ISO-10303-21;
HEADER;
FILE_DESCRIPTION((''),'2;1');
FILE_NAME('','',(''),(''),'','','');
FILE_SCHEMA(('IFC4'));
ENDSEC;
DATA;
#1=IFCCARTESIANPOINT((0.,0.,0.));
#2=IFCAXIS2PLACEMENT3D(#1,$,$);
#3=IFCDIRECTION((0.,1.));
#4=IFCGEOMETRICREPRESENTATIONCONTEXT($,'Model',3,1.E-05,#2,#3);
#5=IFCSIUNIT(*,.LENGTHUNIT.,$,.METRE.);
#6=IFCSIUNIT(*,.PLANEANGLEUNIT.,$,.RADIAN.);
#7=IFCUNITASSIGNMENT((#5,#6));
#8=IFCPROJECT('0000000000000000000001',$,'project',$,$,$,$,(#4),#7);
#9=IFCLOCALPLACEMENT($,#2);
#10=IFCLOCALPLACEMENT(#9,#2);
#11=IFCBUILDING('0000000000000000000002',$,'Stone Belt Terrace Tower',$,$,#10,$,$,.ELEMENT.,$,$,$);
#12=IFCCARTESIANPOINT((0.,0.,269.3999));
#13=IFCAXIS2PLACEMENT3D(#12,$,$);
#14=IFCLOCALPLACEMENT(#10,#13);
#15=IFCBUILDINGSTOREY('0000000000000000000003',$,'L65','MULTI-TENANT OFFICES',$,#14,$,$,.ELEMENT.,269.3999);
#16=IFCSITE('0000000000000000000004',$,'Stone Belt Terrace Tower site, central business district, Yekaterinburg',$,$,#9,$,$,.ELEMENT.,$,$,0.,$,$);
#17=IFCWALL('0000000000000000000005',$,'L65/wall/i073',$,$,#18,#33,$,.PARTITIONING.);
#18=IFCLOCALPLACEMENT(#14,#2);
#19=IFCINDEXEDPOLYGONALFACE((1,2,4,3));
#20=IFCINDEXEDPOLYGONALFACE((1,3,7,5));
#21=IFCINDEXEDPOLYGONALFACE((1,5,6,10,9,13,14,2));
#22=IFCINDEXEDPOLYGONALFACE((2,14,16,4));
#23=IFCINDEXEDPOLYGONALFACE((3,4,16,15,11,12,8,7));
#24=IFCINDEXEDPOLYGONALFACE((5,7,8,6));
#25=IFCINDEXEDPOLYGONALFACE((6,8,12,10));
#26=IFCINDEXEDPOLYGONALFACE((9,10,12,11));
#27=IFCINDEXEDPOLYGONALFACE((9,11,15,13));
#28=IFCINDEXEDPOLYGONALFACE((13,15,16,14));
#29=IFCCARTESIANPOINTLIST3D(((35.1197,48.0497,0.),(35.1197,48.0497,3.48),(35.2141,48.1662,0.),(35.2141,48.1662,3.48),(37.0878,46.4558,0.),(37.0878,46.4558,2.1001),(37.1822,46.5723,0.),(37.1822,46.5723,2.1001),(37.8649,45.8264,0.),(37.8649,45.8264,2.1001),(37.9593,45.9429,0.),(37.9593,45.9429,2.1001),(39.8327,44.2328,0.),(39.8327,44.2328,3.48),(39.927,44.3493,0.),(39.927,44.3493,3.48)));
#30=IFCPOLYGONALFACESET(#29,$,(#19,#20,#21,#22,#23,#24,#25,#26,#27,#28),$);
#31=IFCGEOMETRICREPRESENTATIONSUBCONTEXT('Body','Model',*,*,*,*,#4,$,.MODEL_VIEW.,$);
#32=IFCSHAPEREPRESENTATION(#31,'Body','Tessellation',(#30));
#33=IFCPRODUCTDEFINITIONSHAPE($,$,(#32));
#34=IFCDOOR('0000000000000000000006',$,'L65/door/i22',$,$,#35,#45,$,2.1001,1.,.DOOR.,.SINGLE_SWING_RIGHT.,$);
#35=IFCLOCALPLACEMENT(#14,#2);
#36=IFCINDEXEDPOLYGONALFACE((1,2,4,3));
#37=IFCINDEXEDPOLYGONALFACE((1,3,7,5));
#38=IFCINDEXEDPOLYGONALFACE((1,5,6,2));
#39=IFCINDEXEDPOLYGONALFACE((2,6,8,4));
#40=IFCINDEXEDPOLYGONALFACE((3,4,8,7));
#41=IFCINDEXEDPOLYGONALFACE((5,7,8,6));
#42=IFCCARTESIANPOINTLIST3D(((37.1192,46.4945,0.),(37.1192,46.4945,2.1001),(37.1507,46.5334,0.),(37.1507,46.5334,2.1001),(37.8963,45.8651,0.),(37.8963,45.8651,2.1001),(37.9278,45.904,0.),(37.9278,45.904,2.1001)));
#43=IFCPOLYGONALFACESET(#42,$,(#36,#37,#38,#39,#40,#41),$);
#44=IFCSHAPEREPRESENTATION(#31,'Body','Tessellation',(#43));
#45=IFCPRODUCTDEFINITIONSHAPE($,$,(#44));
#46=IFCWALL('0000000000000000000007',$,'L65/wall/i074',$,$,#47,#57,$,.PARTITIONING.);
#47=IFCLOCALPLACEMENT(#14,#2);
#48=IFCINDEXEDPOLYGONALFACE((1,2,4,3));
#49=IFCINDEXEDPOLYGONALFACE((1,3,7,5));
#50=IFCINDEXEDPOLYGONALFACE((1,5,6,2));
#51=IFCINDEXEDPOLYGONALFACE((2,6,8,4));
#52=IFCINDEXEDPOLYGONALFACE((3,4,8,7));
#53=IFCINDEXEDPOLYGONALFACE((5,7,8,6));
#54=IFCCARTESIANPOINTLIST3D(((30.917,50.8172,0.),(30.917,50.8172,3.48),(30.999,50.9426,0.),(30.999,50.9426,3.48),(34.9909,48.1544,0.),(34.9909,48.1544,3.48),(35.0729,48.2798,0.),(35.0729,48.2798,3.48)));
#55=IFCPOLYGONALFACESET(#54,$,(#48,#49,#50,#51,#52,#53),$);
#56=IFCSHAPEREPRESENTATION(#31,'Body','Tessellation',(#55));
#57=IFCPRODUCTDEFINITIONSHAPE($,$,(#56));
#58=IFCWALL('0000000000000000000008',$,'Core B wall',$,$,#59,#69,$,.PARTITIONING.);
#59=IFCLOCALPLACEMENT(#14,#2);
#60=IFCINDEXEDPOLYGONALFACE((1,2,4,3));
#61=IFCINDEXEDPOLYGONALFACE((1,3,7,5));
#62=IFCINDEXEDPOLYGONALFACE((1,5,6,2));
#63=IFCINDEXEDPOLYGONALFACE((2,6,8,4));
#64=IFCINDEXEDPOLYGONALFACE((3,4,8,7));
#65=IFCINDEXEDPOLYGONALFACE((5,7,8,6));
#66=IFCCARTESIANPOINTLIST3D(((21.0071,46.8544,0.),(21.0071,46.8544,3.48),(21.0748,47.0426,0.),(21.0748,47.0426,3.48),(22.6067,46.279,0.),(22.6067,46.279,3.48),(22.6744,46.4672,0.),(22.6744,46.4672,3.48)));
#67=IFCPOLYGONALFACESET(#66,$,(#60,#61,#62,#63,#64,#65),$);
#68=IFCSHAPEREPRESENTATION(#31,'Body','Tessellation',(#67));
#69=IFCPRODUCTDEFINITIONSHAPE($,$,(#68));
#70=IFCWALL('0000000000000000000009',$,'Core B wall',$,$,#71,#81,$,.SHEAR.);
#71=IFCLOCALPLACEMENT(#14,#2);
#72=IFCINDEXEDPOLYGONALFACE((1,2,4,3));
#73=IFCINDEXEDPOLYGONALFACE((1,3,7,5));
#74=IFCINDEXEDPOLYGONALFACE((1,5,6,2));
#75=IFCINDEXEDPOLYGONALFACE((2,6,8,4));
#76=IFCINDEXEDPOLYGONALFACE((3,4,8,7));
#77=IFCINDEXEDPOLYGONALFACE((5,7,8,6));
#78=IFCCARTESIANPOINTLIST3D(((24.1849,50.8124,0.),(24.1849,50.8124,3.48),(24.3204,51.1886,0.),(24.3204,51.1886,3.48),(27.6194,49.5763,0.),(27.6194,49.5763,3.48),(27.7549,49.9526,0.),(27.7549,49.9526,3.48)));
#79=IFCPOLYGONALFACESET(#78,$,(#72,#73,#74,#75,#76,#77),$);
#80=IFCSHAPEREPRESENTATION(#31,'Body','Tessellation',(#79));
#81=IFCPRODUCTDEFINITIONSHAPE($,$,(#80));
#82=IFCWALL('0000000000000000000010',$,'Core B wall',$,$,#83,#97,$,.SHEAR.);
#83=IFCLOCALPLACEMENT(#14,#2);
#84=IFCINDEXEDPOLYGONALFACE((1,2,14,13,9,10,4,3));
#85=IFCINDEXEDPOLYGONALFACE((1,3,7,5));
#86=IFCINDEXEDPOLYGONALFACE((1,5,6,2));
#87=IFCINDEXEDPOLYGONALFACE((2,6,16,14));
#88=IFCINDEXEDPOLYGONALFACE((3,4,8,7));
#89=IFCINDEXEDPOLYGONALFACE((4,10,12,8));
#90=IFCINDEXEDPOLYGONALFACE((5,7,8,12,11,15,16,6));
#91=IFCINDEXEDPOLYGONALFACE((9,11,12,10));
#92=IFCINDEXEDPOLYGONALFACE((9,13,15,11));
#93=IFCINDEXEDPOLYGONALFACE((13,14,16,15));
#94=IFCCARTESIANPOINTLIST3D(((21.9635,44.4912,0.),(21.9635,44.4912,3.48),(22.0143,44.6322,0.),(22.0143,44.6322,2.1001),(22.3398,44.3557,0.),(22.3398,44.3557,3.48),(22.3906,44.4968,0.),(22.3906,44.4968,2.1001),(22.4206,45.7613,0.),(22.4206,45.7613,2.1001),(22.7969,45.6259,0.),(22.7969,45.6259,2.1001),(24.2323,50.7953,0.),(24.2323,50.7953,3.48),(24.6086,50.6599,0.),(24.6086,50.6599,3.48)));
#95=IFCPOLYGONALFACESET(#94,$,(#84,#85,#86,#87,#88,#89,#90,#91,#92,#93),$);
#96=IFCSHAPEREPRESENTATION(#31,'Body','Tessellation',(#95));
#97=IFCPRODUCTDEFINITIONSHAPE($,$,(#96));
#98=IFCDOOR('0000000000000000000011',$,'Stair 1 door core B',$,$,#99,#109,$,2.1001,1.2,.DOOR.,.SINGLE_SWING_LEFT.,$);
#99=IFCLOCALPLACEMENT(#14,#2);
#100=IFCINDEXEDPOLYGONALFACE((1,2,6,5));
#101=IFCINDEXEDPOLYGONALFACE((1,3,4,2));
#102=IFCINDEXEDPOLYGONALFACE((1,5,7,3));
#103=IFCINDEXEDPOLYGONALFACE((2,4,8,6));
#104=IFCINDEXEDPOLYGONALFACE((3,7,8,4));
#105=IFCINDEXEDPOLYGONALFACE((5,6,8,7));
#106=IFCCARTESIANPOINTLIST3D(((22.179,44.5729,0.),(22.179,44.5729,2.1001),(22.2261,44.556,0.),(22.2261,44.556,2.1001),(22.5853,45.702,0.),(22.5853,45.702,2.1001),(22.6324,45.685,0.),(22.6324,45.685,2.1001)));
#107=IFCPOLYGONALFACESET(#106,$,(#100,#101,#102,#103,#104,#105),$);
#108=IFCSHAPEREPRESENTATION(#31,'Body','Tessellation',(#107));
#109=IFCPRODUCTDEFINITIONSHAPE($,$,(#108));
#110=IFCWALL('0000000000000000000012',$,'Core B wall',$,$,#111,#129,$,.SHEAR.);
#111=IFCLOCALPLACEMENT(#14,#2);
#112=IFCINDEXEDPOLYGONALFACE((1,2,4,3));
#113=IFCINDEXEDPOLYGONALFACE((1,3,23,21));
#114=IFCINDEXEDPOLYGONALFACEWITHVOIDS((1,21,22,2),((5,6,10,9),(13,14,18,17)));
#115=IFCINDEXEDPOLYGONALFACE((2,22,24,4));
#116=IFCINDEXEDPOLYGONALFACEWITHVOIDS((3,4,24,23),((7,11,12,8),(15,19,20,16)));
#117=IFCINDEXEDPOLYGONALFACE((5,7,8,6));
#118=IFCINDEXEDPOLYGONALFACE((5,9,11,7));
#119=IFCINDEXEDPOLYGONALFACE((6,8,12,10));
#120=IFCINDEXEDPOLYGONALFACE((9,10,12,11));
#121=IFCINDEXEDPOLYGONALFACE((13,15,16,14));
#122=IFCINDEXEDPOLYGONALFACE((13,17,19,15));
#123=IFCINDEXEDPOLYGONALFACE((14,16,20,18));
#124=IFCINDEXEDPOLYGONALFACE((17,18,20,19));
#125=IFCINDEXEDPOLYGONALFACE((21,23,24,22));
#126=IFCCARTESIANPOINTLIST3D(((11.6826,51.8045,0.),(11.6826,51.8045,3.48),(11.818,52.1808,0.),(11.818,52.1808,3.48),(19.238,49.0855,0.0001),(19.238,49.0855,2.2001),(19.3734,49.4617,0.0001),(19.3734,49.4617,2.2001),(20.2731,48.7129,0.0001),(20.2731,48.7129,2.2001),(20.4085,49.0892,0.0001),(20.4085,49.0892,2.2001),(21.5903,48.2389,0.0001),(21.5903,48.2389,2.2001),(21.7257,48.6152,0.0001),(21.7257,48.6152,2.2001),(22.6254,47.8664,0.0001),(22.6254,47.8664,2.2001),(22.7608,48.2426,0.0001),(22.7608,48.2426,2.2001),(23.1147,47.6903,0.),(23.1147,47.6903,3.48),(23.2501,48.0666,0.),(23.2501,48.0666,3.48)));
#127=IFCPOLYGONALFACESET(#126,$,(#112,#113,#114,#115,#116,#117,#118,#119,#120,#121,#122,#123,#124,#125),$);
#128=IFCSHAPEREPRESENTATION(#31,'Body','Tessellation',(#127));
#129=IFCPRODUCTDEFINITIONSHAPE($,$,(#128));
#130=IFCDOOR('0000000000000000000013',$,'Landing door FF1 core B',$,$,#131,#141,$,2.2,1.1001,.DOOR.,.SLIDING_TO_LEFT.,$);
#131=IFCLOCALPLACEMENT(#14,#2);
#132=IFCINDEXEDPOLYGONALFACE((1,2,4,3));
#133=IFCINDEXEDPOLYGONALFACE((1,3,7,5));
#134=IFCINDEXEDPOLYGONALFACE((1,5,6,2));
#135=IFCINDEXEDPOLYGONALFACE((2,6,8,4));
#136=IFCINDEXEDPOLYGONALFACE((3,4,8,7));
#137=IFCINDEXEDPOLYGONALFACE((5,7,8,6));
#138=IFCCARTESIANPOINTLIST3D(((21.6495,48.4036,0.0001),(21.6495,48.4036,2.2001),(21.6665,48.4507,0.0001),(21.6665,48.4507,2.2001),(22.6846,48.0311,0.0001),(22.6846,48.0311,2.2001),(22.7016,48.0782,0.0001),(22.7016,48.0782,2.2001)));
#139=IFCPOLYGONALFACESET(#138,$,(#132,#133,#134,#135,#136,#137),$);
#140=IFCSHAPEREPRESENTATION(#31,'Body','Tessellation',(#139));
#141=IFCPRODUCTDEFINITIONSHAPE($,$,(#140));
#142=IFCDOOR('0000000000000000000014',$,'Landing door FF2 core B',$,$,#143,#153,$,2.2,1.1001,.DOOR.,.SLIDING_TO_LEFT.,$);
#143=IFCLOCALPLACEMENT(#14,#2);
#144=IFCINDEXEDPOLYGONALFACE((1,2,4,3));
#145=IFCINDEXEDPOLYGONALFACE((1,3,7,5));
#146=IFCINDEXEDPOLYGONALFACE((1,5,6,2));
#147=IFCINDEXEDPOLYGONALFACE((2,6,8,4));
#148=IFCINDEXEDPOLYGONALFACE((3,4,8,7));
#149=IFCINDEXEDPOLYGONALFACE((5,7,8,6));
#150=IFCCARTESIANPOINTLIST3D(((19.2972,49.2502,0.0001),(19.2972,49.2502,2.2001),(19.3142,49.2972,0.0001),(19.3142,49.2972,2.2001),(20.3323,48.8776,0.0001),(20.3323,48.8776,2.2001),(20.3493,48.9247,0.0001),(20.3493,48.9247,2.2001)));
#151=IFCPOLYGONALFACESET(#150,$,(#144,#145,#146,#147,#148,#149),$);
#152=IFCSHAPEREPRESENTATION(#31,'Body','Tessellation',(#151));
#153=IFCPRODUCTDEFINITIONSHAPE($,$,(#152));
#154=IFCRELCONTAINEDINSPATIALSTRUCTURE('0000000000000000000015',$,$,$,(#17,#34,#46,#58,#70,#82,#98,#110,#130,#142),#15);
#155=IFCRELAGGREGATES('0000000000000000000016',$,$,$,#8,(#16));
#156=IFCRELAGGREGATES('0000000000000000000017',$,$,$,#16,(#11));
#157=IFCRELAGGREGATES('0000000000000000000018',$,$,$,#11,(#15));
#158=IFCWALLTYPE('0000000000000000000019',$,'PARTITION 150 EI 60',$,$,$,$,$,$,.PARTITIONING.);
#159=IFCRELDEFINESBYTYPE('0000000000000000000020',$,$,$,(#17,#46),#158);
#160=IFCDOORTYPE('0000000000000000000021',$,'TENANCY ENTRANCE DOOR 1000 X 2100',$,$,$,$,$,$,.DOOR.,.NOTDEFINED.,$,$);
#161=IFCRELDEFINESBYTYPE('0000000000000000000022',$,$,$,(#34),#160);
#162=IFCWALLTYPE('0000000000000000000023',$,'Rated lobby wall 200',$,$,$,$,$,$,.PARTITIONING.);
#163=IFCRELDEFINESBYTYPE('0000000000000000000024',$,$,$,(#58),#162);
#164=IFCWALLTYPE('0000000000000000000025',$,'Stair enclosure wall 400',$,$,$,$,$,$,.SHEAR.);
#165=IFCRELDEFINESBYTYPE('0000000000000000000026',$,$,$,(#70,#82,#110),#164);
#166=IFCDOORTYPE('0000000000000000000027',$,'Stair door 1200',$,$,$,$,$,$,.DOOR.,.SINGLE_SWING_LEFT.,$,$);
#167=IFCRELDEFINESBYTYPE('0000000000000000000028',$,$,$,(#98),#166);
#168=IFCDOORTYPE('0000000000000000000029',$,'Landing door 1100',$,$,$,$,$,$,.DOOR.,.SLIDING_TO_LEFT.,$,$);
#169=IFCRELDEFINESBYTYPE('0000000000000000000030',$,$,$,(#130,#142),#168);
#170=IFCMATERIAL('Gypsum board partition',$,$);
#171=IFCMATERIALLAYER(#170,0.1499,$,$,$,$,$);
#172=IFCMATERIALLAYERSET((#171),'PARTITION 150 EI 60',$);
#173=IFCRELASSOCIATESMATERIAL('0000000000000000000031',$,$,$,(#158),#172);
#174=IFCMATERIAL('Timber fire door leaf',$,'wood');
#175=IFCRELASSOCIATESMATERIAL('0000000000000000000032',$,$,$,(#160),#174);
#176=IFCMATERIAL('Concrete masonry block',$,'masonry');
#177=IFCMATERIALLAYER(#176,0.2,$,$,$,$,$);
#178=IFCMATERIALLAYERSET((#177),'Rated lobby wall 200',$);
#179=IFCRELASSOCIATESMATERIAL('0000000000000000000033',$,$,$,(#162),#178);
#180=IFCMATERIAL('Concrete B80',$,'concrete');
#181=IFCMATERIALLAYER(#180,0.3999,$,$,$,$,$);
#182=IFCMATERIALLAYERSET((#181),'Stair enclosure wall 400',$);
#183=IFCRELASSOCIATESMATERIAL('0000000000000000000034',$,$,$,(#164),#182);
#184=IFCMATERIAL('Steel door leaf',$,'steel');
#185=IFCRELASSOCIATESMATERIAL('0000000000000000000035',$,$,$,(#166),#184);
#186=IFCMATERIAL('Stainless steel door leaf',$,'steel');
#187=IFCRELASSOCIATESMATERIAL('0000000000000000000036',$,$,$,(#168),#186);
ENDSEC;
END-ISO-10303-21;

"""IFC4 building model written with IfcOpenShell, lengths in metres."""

from ifc_helpers import new_model, si_unit, direction, frame, frame_2d, origin, place, context, subcontext, project, spatial, rectangle, extrude, material, layer, layer_set, type_object, element, fill, save


model = new_model("IFC4")

# Units and contexts
model_context = context("Model", 3, precision=1e-05, world=origin(), true_north=direction((0.0, 1.0)))
body_context = subcontext(model_context, "Body", "Model", "MODEL_VIEW")
ifc_project = project(units=[si_unit("LENGTHUNIT", "METRE"), si_unit("PLANEANGLEUNIT", "RADIAN")], contexts=[model_context])

# Site, building, storey
site_placement = place(None, origin())
site = spatial("IfcSite", under=ifc_project, at=site_placement, Name="Stone Belt Terrace Tower site, central business district, Yekaterinburg", CompositionType="ELEMENT", RefElevation=0.0)
building_placement = place(site_placement, origin())
building = spatial("IfcBuilding", under=site, at=building_placement, Name="Stone Belt Terrace Tower", CompositionType="ELEMENT")
storey_placement = place(building_placement, frame((0.0, 0.0, 269.3999)))
storey = spatial("IfcBuildingStorey", under=building, at=storey_placement, Name="L65", Description="MULTI-TENANT OFFICES", CompositionType="ELEMENT", Elevation=269.3999)

# Shared definitions
ifc_material_1 = material(Name="Gypsum board partition")
ifc_layer_1 = layer(ifc_material_1, 0.1499)
ifc_layer_set_1 = layer_set([ifc_layer_1], Name="PARTITION 150 EI 60")
wall_type_1 = type_object("IfcWallType", Name="PARTITION 150 EI 60", PredefinedType="PARTITIONING", material=ifc_layer_set_1)

# Wall, opening, door
wall_1_placement = place(storey_placement, frame((35.167, 48.1079, 0.0), z_axis=(0.0, 0.0, 1.0), x_axis=(0.777108, -0.629367, 0.0)))
wall_1 = element("IfcWall", 1, at=wall_1_placement, inside=storey, type_object=wall_type_1, Name="L65/wall/i073", PredefinedType="PARTITIONING", context=body_context, shape_type="SweptSolid", body=[
    extrude(rectangle(XDim=6.0647, YDim=0.1499, at=frame_2d((3.0322, 0.0))), origin(), (0.0, 0.0, 1.0), 3.48),
])
opening_1_placement = place(wall_1_placement, frame((2.5325, 0.0, 0.0)))
opening_1 = element("IfcOpeningElement", 2, at=opening_1_placement, cuts=wall_1, PredefinedType="OPENING", context=body_context, shape_type="SweptSolid", body=[
    extrude(rectangle(XDim=1.0, YDim=2.1001, at=frame_2d((0.5, 1.05))), frame((0.0, 0.085, 0.0), z_axis=(0.0, -1.0, 0.0), x_axis=(1.0, 0.0, 0.0)), (0.0, 0.0, 1.0), 0.1699),
])
ifc_material_2 = material(Name="Timber fire door leaf", Category="wood")
door_type_1 = type_object("IfcDoorType", Name="TENANCY ENTRANCE DOOR 1000 X 2100", OperationType="NOTDEFINED", PredefinedType="DOOR", material=ifc_material_2)
door_1_placement = place(opening_1_placement, origin())
door_1 = element("IfcDoor", 3, at=door_1_placement, inside=storey, type_object=door_type_1, Name="L65/door/i22", OperationType="SINGLE_SWING_RIGHT", OverallHeight=2.1001, OverallWidth=1.0, PredefinedType="DOOR", context=body_context, shape_type="SweptSolid", body=[
    extrude(rectangle(XDim=1.0, YDim=2.1001, at=frame_2d((0.5, 1.05))), frame((0.0, 0.0249, 0.0), z_axis=(0.0, -1.0, 0.0), x_axis=(1.0, 0.0, 0.0)), (0.0, 0.0, 1.0), 0.05),
])
fill(opening_1, door_1)

# Walls
wall_2_placement = place(storey_placement, frame((35.032, 48.217, 0.0), z_axis=(0.0, 0.0, 1.0), x_axis=(-0.837055, 0.547118, 0.0)))
element("IfcWall", 4, at=wall_2_placement, inside=storey, type_object=wall_type_1, Name="L65/wall/i074", PredefinedType="PARTITIONING", context=body_context, shape_type="SweptSolid", body=[
    extrude(rectangle(XDim=4.8669, YDim=0.1499, at=frame_2d((2.4336, 0.0))), origin(), (0.0, 0.0, 1.0), 3.48),
])
ifc_material_3 = material(Name="Concrete masonry block", Category="masonry")
ifc_layer_2 = layer(ifc_material_3, 0.2)
ifc_layer_set_2 = layer_set([ifc_layer_2], Name="Rated lobby wall 200")
wall_type_2 = type_object("IfcWallType", Name="Rated lobby wall 200", PredefinedType="PARTITIONING", material=ifc_layer_set_2)
wall_3_placement = place(storey_placement, frame((22.6406, 46.373, 0.0), z_axis=(0.0, 0.0, 1.0), x_axis=(-0.940966, 0.338501, 0.0)))
element("IfcWall", 5, at=wall_3_placement, inside=storey, type_object=wall_type_2, Name="Core B wall", PredefinedType="PARTITIONING", context=body_context, shape_type="SweptSolid", body=[
    extrude(rectangle(XDim=1.7, YDim=0.2, at=frame_2d((0.8501, 0.0))), origin(), (0.0, 0.0, 1.0), 3.48),
])
ifc_material_4 = material(Name="Concrete B80", Category="concrete")
ifc_layer_3 = layer(ifc_material_4, 0.3999)
ifc_layer_set_3 = layer_set([ifc_layer_3], Name="Stair enclosure wall 400")
wall_type_3 = type_object("IfcWallType", Name="Stair enclosure wall 400", PredefinedType="SHEAR", material=ifc_layer_set_3)
wall_4_placement = place(storey_placement, frame((27.6873, 49.7644, 0.0), z_axis=(0.0, 0.0, 1.0), x_axis=(-0.940919, 0.338632, 0.0)))
element("IfcWall", 6, at=wall_4_placement, inside=storey, type_object=wall_type_3, Name="Core B wall", PredefinedType="SHEAR", context=body_context, shape_type="SweptSolid", body=[
    extrude(rectangle(XDim=3.6501, YDim=0.3999, at=frame_2d((1.8252, 0.0))), origin(), (0.0, 0.0, 1.0), 3.48),
])

# Wall, opening, door
wall_5_placement = place(storey_placement, frame((22.1516, 44.4233, 0.0), z_axis=(0.0, 0.0, 1.0), x_axis=(0.338625, 0.940921, 0.0)))
wall_5 = element("IfcWall", 7, at=wall_5_placement, inside=storey, type_object=wall_type_3, Name="Core B wall", PredefinedType="SHEAR", context=body_context, shape_type="SweptSolid", body=[
    extrude(rectangle(XDim=6.7, YDim=0.3999, at=frame_2d((3.3501, 0.0))), origin(), (0.0, 0.0, 1.0), 3.48),
])
opening_2_placement = place(wall_5_placement, frame((0.1499, 0.0, 0.0)))
opening_2 = element("IfcOpeningElement", 8, at=opening_2_placement, cuts=wall_5, PredefinedType="OPENING", context=body_context, shape_type="SweptSolid", body=[
    extrude(rectangle(XDim=1.2, YDim=2.1001, at=frame_2d((0.6001, 1.05))), frame((0.0, 0.21, 0.0), z_axis=(0.0, -1.0, 0.0), x_axis=(1.0, 0.0, 0.0)), (0.0, 0.0, 1.0), 0.4199),
])
ifc_material_5 = material(Name="Steel door leaf", Category="steel")
door_type_2 = type_object("IfcDoorType", Name="Stair door 1200", OperationType="SINGLE_SWING_LEFT", PredefinedType="DOOR", material=ifc_material_5)
door_2_placement = place(opening_2_placement, origin())
door_2 = element("IfcDoor", 9, at=door_2_placement, inside=storey, type_object=door_type_2, Name="Stair 1 door core B", OperationType="SINGLE_SWING_LEFT", OverallHeight=2.1001, OverallWidth=1.2, PredefinedType="DOOR", context=body_context, shape_type="SweptSolid", body=[
    extrude(rectangle(XDim=1.2, YDim=2.1001, at=frame_2d((0.6001, 1.05))), frame((0.0, 0.0249, 0.0), z_axis=(0.0, -1.0, 0.0), x_axis=(1.0, 0.0, 0.0)), (0.0, 0.0, 1.0), 0.05),
])
fill(opening_2, door_2)

# Wall, openings, doors
wall_6_placement = place(storey_placement, frame((23.1824, 47.8784, 0.0), z_axis=(0.0, 0.0, 1.0), x_axis=(-0.940922, 0.338624, 0.0)))
wall_6 = element("IfcWall", 10, at=wall_6_placement, inside=storey, type_object=wall_type_3, Name="Core B wall", PredefinedType="SHEAR", context=body_context, shape_type="SweptSolid", body=[
    extrude(rectangle(XDim=12.1499, YDim=0.3999, at=frame_2d((6.075, 0.0))), origin(), (0.0, 0.0, 1.0), 3.48),
])
opening_3_placement = place(wall_6_placement, frame((0.52, 0.0, 0.0)))
opening_3 = element("IfcOpeningElement", 11, at=opening_3_placement, cuts=wall_6, PredefinedType="OPENING", context=body_context, shape_type="SweptSolid", body=[
    extrude(rectangle(XDim=1.1001, YDim=2.2, at=frame_2d((0.55, 1.1001))), frame((0.0, 0.21, 0.0), z_axis=(0.0, -1.0, 0.0), x_axis=(1.0, 0.0, 0.0)), (0.0, 0.0, 1.0), 0.4199),
])
opening_4_placement = place(wall_6_placement, frame((3.02, 0.0, 0.0)))
opening_4 = element("IfcOpeningElement", 12, at=opening_4_placement, cuts=wall_6, PredefinedType="OPENING", context=body_context, shape_type="SweptSolid", body=[
    extrude(rectangle(XDim=1.1001, YDim=2.2, at=frame_2d((0.55, 1.1001))), frame((0.0, 0.21, 0.0), z_axis=(0.0, -1.0, 0.0), x_axis=(1.0, 0.0, 0.0)), (0.0, 0.0, 1.0), 0.4199),
])
ifc_material_6 = material(Name="Stainless steel door leaf", Category="steel")
door_type_3 = type_object("IfcDoorType", Name="Landing door 1100", OperationType="SLIDING_TO_LEFT", PredefinedType="DOOR", material=ifc_material_6)
door_3_placement = place(opening_3_placement, origin())
door_3 = element("IfcDoor", 13, at=door_3_placement, inside=storey, type_object=door_type_3, Name="Landing door FF1 core B", OperationType="SLIDING_TO_LEFT", OverallHeight=2.2, OverallWidth=1.1001, PredefinedType="DOOR", context=body_context, shape_type="SweptSolid", body=[
    extrude(rectangle(XDim=1.1001, YDim=2.2, at=frame_2d((0.55, 1.1001))), frame((0.0, 0.0249, 0.0), z_axis=(0.0, -1.0, 0.0), x_axis=(1.0, 0.0, 0.0)), (0.0, 0.0, 1.0), 0.05),
])
fill(opening_3, door_3)
door_4_placement = place(opening_4_placement, origin())
door_4 = element("IfcDoor", 14, at=door_4_placement, inside=storey, type_object=door_type_3, Name="Landing door FF2 core B", OperationType="SLIDING_TO_LEFT", OverallHeight=2.2, OverallWidth=1.1001, PredefinedType="DOOR", context=body_context, shape_type="SweptSolid", body=[
    extrude(rectangle(XDim=1.1001, YDim=2.2, at=frame_2d((0.55, 1.1001))), frame((0.0, 0.0249, 0.0), z_axis=(0.0, -1.0, 0.0), x_axis=(1.0, 0.0, 0.0)), (0.0, 0.0, 1.0), 0.05),
])
fill(opening_4, door_4)

save(model, "model.ifc")
